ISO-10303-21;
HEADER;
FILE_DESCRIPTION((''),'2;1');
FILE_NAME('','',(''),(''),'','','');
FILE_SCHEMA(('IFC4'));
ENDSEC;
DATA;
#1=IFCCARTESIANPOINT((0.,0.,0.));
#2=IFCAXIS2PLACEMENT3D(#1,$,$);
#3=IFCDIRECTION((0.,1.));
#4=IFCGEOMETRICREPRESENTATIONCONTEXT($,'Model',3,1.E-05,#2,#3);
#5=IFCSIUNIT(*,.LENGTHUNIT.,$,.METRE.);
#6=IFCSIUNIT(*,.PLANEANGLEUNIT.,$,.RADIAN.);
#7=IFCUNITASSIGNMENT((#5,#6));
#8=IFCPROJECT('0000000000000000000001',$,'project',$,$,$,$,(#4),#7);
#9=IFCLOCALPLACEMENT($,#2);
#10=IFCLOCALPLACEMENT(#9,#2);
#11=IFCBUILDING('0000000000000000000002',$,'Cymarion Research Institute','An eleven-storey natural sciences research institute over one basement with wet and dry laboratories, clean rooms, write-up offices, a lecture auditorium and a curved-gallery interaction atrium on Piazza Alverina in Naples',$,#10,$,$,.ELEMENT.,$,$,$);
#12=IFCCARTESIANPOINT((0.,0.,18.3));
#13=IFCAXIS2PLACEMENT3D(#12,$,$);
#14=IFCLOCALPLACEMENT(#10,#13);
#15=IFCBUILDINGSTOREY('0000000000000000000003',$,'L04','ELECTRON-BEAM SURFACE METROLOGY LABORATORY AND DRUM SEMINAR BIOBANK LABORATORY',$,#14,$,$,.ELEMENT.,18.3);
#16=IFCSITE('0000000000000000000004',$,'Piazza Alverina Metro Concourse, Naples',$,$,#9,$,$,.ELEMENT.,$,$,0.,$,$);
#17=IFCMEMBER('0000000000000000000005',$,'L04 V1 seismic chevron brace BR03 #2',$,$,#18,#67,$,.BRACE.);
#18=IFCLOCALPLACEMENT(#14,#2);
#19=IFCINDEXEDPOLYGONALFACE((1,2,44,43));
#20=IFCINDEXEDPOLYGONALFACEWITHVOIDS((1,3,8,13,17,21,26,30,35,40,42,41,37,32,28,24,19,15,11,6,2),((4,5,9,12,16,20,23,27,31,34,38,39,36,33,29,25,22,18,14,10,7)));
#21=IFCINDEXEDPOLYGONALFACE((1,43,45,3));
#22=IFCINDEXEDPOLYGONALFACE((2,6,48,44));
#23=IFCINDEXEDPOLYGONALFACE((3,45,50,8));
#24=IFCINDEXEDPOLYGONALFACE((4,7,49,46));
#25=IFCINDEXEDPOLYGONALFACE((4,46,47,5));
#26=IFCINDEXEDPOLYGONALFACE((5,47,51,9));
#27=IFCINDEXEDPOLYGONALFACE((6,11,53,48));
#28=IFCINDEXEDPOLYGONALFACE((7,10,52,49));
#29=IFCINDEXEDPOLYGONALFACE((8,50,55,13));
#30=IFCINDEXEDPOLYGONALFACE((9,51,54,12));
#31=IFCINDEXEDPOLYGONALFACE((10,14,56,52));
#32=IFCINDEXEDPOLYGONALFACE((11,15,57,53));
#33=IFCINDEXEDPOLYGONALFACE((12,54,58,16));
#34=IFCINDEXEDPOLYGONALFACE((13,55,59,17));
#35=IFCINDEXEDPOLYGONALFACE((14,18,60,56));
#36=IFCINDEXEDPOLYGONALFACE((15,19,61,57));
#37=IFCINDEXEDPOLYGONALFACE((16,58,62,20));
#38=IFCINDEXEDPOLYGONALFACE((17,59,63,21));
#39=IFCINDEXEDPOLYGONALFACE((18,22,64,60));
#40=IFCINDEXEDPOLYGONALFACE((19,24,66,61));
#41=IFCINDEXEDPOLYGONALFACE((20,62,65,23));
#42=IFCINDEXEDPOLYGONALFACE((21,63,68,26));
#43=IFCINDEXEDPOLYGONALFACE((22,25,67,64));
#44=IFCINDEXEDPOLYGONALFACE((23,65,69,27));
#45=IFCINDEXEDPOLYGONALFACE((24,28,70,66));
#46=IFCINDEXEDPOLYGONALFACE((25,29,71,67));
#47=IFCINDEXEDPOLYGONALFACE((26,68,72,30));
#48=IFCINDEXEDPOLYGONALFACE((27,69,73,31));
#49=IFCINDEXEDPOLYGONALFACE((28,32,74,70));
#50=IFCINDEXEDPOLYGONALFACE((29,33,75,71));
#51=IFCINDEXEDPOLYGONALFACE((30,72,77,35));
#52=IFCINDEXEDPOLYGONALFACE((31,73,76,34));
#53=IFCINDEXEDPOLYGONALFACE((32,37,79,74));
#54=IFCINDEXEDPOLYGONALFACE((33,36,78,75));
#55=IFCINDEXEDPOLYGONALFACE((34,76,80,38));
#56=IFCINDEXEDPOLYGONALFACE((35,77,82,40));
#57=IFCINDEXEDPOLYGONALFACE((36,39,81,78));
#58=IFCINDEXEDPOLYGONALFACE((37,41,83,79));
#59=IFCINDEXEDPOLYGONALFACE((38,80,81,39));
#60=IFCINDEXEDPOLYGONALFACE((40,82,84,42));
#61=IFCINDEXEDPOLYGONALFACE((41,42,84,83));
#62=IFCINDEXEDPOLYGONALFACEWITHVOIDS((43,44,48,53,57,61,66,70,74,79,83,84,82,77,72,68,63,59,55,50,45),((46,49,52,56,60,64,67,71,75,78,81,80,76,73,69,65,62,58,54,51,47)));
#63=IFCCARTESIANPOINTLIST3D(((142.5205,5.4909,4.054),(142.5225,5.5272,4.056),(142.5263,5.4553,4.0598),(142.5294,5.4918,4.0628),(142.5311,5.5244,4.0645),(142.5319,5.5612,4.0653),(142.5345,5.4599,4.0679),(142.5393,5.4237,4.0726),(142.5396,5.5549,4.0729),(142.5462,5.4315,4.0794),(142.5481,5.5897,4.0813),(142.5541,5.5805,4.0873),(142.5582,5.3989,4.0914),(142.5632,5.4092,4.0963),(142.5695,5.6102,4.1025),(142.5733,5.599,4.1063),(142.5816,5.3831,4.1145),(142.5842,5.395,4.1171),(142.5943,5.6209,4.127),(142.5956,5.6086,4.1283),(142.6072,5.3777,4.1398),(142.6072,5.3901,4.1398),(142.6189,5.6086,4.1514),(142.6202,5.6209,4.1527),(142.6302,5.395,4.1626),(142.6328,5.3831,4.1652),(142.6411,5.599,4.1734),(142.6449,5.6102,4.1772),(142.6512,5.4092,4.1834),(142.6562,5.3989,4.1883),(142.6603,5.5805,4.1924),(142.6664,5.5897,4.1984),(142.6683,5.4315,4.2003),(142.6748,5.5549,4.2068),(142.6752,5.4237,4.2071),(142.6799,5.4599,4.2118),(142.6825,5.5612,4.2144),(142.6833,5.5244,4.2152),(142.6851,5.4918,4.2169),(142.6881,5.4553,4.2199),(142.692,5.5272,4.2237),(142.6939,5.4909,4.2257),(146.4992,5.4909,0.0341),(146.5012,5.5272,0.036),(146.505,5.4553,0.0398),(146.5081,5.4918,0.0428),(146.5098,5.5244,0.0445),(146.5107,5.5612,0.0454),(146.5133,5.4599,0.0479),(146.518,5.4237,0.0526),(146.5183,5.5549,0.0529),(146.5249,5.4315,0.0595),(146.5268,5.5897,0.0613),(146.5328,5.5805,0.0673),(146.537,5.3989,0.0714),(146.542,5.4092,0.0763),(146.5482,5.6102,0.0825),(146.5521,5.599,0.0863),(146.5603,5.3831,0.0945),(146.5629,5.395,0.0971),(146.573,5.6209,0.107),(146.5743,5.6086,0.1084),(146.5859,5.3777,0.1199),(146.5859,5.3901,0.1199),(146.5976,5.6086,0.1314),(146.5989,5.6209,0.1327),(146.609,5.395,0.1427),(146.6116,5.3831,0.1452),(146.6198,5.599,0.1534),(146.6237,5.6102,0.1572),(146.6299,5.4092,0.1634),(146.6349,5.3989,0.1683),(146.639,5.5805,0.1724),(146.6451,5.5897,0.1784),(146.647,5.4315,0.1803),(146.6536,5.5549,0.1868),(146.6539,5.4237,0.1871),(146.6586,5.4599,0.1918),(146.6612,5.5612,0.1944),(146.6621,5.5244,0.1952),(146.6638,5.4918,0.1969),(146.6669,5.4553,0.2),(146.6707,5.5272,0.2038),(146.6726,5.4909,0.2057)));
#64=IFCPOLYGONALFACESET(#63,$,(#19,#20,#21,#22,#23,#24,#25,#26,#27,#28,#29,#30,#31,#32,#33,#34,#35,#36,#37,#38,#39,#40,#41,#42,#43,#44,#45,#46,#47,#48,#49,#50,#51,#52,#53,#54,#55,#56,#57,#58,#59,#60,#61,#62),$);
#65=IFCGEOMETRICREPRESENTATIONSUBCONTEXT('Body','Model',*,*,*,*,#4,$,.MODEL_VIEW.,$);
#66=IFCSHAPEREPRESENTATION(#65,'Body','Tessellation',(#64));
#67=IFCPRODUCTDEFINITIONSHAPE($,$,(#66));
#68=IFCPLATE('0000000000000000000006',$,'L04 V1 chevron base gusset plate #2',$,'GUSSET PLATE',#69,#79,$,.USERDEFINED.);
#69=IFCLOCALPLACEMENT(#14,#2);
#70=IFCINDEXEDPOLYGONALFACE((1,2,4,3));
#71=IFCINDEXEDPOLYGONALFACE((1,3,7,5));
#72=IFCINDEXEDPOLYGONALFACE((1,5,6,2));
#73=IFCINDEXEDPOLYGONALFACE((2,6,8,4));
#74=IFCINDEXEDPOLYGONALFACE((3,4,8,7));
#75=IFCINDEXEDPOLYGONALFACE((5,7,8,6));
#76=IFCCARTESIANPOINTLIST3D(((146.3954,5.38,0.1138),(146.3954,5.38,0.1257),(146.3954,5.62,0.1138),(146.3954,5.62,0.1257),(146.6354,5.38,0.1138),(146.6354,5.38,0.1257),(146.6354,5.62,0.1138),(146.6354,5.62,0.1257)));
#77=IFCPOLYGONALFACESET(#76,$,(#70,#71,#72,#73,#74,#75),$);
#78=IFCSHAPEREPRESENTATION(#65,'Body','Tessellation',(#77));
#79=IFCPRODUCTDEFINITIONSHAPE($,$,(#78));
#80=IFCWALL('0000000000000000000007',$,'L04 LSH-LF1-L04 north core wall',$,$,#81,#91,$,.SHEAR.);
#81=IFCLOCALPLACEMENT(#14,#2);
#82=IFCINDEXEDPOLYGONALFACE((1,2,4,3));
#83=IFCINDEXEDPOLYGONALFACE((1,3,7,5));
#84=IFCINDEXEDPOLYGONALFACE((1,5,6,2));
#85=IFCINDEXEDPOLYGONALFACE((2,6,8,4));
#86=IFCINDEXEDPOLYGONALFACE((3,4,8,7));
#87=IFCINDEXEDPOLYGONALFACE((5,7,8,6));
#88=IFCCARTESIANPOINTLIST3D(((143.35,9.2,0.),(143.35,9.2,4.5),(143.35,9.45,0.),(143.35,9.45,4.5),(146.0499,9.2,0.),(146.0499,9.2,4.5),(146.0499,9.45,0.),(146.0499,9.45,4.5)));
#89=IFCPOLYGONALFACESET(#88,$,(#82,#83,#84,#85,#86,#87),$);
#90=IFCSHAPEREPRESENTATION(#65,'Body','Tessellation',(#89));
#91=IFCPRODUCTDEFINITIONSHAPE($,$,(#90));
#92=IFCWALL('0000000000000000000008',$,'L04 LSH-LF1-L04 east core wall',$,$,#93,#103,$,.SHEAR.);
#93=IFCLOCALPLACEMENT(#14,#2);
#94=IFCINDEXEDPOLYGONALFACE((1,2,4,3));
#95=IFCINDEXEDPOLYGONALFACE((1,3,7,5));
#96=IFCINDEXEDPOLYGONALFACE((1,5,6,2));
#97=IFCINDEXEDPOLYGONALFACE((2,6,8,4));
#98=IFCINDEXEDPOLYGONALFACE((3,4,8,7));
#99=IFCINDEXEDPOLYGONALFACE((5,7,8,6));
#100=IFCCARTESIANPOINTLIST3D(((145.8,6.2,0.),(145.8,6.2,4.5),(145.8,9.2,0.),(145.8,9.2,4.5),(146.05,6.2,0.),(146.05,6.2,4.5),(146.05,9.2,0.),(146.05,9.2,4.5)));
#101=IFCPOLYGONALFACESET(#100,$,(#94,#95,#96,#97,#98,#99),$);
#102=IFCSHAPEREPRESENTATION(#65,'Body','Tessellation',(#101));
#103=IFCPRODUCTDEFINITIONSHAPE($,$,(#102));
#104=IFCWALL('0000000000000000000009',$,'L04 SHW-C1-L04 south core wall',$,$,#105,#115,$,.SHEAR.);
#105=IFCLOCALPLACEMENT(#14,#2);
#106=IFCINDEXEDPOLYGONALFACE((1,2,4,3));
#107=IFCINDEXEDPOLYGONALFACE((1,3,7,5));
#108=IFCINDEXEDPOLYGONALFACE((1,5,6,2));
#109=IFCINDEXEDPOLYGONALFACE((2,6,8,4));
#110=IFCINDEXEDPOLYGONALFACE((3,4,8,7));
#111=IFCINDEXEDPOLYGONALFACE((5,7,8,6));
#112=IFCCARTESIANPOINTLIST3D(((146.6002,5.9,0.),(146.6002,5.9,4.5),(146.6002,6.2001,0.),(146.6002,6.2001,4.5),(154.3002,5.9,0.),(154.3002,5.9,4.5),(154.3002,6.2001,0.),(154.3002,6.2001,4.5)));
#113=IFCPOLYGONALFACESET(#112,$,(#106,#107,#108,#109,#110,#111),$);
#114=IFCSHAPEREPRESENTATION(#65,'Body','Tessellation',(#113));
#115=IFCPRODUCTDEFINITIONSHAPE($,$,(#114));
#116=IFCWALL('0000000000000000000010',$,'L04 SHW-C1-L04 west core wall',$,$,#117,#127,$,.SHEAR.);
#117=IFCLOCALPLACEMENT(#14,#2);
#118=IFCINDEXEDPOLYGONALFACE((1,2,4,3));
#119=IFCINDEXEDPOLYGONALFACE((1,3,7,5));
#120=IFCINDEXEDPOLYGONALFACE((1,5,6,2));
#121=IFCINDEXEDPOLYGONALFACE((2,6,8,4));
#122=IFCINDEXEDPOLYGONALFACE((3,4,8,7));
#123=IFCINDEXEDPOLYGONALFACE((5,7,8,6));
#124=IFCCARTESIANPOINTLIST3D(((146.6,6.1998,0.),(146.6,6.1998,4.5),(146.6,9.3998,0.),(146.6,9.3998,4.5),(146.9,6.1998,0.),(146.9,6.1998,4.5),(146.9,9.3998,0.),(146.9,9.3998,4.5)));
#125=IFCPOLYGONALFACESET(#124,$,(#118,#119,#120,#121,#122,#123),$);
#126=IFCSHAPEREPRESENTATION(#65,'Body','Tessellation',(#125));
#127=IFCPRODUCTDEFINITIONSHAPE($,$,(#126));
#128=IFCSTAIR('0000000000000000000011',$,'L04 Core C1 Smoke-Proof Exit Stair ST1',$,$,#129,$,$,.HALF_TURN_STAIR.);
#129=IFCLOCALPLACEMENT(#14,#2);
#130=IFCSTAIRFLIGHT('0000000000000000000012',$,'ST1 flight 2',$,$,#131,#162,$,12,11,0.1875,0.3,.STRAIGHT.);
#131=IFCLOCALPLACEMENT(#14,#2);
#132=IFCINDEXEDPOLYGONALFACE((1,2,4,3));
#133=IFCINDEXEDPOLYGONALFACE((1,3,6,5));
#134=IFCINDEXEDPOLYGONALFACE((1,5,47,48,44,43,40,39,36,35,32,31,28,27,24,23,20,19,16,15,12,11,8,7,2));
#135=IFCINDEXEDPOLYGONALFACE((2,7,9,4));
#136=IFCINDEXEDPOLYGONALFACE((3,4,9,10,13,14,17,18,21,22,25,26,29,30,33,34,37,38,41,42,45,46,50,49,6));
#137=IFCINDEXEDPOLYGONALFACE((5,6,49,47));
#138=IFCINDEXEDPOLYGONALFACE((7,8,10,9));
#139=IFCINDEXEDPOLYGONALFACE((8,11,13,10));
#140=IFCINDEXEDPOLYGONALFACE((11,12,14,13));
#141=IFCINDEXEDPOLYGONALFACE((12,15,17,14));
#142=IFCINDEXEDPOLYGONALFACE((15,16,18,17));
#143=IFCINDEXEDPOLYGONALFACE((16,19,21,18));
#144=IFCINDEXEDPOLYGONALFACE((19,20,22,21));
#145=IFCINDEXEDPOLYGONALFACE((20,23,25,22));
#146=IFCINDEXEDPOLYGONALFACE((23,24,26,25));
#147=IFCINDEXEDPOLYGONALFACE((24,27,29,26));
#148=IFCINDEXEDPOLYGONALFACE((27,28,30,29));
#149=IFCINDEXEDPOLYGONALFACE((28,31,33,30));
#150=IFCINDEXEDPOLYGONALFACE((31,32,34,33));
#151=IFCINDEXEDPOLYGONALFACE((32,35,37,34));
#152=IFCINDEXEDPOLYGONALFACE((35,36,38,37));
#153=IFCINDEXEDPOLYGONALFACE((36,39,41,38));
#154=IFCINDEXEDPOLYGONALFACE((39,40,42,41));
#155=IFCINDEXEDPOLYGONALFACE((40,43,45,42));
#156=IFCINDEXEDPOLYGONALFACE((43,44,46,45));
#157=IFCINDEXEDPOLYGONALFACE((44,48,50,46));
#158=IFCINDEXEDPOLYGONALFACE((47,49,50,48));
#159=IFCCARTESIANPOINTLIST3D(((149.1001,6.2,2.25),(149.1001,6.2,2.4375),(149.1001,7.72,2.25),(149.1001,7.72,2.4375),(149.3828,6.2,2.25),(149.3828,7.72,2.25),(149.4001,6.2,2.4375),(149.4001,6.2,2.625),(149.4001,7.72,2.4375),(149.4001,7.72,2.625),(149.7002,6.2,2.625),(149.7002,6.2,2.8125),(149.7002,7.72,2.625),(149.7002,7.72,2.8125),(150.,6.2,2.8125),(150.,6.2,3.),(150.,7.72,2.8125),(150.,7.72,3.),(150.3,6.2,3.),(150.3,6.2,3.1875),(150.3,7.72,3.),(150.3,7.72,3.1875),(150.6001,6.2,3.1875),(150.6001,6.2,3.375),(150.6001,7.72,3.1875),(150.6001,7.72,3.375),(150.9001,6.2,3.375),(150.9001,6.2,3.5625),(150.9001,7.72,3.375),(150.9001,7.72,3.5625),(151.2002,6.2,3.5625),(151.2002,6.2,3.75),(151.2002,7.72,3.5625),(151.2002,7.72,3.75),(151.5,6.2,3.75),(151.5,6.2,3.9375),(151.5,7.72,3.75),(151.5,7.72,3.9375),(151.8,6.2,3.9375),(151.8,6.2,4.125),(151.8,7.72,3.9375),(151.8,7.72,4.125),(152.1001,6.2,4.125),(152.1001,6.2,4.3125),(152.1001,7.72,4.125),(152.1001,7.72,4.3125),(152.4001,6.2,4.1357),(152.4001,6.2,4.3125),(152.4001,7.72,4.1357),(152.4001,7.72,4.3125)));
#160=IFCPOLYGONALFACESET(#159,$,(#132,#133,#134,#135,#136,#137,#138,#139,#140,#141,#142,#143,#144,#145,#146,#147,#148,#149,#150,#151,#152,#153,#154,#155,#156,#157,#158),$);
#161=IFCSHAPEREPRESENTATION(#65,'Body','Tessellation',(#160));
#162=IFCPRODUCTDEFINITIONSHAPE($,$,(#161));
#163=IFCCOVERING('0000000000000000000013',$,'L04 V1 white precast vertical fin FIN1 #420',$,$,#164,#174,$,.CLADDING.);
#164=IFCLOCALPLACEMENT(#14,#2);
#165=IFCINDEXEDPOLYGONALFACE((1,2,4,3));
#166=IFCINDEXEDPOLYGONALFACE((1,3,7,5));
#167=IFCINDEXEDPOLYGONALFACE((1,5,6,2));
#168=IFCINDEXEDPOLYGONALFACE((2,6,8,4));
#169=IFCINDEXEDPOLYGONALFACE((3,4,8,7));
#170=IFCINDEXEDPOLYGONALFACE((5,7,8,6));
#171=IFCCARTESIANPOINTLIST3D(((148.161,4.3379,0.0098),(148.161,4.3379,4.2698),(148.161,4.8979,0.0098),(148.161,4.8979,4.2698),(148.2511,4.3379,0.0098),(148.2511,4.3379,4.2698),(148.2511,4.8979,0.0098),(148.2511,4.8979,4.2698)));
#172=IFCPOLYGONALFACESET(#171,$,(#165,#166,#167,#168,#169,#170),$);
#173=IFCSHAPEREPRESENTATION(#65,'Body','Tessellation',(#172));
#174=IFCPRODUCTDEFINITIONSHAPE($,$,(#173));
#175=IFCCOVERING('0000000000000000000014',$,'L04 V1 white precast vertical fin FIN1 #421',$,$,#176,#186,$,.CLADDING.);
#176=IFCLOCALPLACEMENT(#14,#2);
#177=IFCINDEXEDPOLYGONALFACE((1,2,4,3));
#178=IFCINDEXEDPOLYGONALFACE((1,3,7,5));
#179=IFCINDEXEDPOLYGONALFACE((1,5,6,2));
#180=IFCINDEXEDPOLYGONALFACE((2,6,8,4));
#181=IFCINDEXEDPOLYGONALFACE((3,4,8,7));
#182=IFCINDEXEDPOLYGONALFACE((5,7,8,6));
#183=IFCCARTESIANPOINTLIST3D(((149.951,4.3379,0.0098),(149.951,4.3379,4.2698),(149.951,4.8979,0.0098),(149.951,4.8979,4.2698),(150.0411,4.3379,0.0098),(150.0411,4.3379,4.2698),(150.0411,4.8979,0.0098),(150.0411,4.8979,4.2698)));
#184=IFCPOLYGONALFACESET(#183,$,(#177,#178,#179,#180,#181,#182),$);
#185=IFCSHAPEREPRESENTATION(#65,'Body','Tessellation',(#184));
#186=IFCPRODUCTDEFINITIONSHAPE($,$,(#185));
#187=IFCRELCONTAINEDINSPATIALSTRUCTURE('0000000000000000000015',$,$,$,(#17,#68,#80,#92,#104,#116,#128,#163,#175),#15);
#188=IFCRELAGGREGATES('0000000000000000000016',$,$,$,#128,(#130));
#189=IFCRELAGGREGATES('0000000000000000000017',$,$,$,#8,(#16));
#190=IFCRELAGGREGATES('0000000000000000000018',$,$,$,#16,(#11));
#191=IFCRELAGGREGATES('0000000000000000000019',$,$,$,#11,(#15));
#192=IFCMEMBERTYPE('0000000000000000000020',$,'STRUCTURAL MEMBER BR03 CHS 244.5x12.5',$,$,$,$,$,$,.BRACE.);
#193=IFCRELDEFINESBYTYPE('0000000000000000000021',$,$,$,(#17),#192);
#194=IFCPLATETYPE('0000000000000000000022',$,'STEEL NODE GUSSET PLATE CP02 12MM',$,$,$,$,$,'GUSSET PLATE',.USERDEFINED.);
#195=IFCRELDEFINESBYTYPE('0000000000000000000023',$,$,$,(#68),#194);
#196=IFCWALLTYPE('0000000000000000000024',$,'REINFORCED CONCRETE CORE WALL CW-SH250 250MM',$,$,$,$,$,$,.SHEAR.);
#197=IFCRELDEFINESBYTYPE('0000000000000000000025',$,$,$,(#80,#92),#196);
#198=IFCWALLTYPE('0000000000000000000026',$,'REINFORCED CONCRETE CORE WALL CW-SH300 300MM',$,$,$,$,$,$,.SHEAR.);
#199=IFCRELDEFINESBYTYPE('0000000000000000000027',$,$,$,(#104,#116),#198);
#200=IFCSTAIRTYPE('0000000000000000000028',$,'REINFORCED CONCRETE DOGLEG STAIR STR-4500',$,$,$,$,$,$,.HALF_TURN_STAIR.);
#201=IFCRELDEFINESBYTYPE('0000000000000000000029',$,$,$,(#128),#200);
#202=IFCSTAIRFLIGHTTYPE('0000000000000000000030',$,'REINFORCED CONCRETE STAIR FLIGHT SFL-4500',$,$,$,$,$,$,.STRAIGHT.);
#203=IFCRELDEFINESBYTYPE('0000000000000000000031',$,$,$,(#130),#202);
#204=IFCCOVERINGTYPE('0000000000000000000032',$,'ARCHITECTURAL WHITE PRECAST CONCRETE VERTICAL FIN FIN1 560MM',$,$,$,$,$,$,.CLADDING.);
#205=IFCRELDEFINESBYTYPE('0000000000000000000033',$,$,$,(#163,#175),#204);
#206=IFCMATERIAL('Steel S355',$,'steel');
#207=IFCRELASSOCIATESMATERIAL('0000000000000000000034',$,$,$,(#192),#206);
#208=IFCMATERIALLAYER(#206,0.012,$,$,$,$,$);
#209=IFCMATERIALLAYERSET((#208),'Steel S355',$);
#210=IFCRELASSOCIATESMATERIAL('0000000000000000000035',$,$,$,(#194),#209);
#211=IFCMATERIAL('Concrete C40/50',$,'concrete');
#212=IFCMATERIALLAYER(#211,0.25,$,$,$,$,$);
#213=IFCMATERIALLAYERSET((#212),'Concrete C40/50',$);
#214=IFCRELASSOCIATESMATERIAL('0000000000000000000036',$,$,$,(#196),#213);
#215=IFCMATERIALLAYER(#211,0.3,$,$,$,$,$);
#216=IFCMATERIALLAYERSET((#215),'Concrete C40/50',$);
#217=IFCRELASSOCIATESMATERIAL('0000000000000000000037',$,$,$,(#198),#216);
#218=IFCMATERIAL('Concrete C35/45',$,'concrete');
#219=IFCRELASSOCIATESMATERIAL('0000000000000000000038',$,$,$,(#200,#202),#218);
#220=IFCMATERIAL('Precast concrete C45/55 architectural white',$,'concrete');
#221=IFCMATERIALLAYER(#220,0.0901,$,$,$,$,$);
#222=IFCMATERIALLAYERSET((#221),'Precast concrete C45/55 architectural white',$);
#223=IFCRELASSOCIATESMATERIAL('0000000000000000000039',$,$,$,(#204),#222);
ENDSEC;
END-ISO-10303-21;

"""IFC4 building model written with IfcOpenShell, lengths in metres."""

from ifc_helpers import new_model, si_unit, direction, frame, frame_2d, origin, origin_2d, place, context, subcontext, project, spatial, polyline, rectangle, hollow_circle, outline, extrude, material, layer, layer_set, material_profile, profile_set, type_object, element, aggregate, save


model = new_model("IFC4")

# Units and contexts
model_context = context("Model", 3, precision=1e-05, world=origin(), true_north=direction((0.0, 1.0)))
body_context = subcontext(model_context, "Body", "Model", "MODEL_VIEW")
ifc_project = project(units=[si_unit("LENGTHUNIT", "METRE"), si_unit("PLANEANGLEUNIT", "RADIAN")], contexts=[model_context])

# Site, building, storey
site_placement = place(None, origin())
site = spatial("IfcSite", under=ifc_project, at=site_placement, Name="Piazza Alverina Metro Concourse, Naples", CompositionType="ELEMENT", RefElevation=0.0)
building_placement = place(site_placement, origin())
building = spatial("IfcBuilding", under=site, at=building_placement, Name="Cymarion Research Institute", Description="An eleven-storey natural sciences research institute over one basement with wet and dry laboratories, clean rooms, write-up offices, a lecture auditorium and a curved-gallery interaction atrium on Piazza Alverina in Naples", CompositionType="ELEMENT")
storey_placement = place(building_placement, frame((0.0, 0.0, 18.3)))
storey = spatial("IfcBuildingStorey", under=building, at=storey_placement, Name="L04", Description="ELECTRON-BEAM SURFACE METROLOGY LABORATORY AND DRUM SEMINAR BIOBANK LABORATORY", CompositionType="ELEMENT", Elevation=18.3)

# Shared definitions
ifc_material_1 = material(Name="Steel S355", Category="steel")

# Shared definitions
ifc_material_2 = material(Name="Concrete C40/50", Category="concrete")

# Member
ifc_material_profile_1 = material_profile(ifc_material_1, hollow_circle(Radius=0.1223, WallThickness=0.0125, at=origin_2d()), Name="CHS 244.5x12.5")
ifc_profile_set_1 = profile_set([ifc_material_profile_1], Name="Steel S355")
member_type = type_object("IfcMemberType", Name="STRUCTURAL MEMBER BR03 CHS 244.5x12.5", PredefinedType="BRACE", material=ifc_profile_set_1)
member_placement = place(storey_placement, frame((146.5859, 5.5, 0.1199), z_axis=(-0.70345, 0.0, 0.710745), x_axis=(0.0, -1.0, 0.0)))
element("IfcMember", 1, at=member_placement, inside=storey, type_object=member_type, Name="L04 V1 seismic chevron brace BR03 #2", PredefinedType="BRACE", context=body_context, shape_type="SweptSolid", body=[
    extrude(hollow_circle(Radius=0.1223, WallThickness=0.0125, at=origin_2d()), origin(), (0.0, 0.0, 1.0), 5.656),
])

# Plate
ifc_layer_1 = layer(ifc_material_1, 0.012)
ifc_layer_set_1 = layer_set([ifc_layer_1], Name="Steel S355")
plate_type = type_object("IfcPlateType", Name="STEEL NODE GUSSET PLATE CP02 12MM", ElementType="GUSSET PLATE", PredefinedType="USERDEFINED", material=ifc_layer_set_1)
plate_placement = place(storey_placement, frame((146.5154, 5.5, 0.1138), z_axis=(0.0, 0.0, 1.0), x_axis=(1.0, 0.0, 0.0)))
element("IfcPlate", 2, at=plate_placement, inside=storey, type_object=plate_type, Name="L04 V1 chevron base gusset plate #2", ObjectType="GUSSET PLATE", PredefinedType="USERDEFINED", context=body_context, shape_type="SweptSolid", body=[
    extrude(rectangle(XDim=0.24, YDim=0.24, at=origin_2d()), origin(), (0.0, 0.0, 1.0), 0.012),
])

# Walls
ifc_layer_2 = layer(ifc_material_2, 0.25)
ifc_layer_set_2 = layer_set([ifc_layer_2], Name="Concrete C40/50")
wall_type_1 = type_object("IfcWallType", Name="REINFORCED CONCRETE CORE WALL CW-SH250 250MM", PredefinedType="SHEAR", material=ifc_layer_set_2)
wall_1_placement = place(storey_placement, frame((146.05, 9.325, 0.0), z_axis=(0.0, 0.0, 1.0), x_axis=(-1.0, 0.0, 0.0)))
element("IfcWall", 3, at=wall_1_placement, inside=storey, type_object=wall_type_1, Name="L04 LSH-LF1-L04 north core wall", PredefinedType="SHEAR", context=body_context, shape_type="SweptSolid", body=[
    extrude(rectangle(XDim=2.7, YDim=0.25, at=frame_2d((1.3501, 0.0))), origin(), (0.0, 0.0, 1.0), 4.5),
])
wall_2_placement = place(storey_placement, frame((145.925, 6.2, 0.0), z_axis=(0.0, 0.0, 1.0), x_axis=(0.0, 1.0, 0.0)))
element("IfcWall", 4, at=wall_2_placement, inside=storey, type_object=wall_type_1, Name="L04 LSH-LF1-L04 east core wall", PredefinedType="SHEAR", context=body_context, shape_type="SweptSolid", body=[
    extrude(rectangle(XDim=3.0, YDim=0.25, at=frame_2d((1.5, 0.0))), origin(), (0.0, 0.0, 1.0), 4.5),
])
ifc_layer_3 = layer(ifc_material_2, 0.3)
ifc_layer_set_3 = layer_set([ifc_layer_3], Name="Concrete C40/50")
wall_type_2 = type_object("IfcWallType", Name="REINFORCED CONCRETE CORE WALL CW-SH300 300MM", PredefinedType="SHEAR", material=ifc_layer_set_3)
wall_3_placement = place(storey_placement, frame((146.6001, 6.05, 0.0), z_axis=(0.0, 0.0, 1.0), x_axis=(1.0, 0.0, 0.0)))
element("IfcWall", 5, at=wall_3_placement, inside=storey, type_object=wall_type_2, Name="L04 SHW-C1-L04 south core wall", PredefinedType="SHEAR", context=body_context, shape_type="SweptSolid", body=[
    extrude(rectangle(XDim=7.7, YDim=0.3, at=frame_2d((3.8501, 0.0))), origin(), (0.0, 0.0, 1.0), 4.5),
])
wall_4_placement = place(storey_placement, frame((146.75, 9.3999, 0.0), z_axis=(0.0, 0.0, 1.0), x_axis=(0.0, -1.0, 0.0)))
element("IfcWall", 6, at=wall_4_placement, inside=storey, type_object=wall_type_2, Name="L04 SHW-C1-L04 west core wall", PredefinedType="SHEAR", context=body_context, shape_type="SweptSolid", body=[
    extrude(rectangle(XDim=3.2, YDim=0.3, at=frame_2d((1.6001, 0.0))), origin(), (0.0, 0.0, 1.0), 4.5),
])

# Stair, stair flight
ifc_material_3 = material(Name="Concrete C35/45", Category="concrete")
stair_type = type_object("IfcStairType", Name="REINFORCED CONCRETE DOGLEG STAIR STR-4500", PredefinedType="HALF_TURN_STAIR", material=ifc_material_3)
stair_placement = place(storey_placement, origin())
stair = element("IfcStair", 7, at=stair_placement, inside=storey, type_object=stair_type, Name="L04 Core C1 Smoke-Proof Exit Stair ST1", PredefinedType="HALF_TURN_STAIR")
stair_flight_type = type_object("IfcStairFlightType", Name="REINFORCED CONCRETE STAIR FLIGHT SFL-4500", PredefinedType="STRAIGHT", material=ifc_material_3)
stair_flight_placement = place(storey_placement, frame((149.1001, 6.96, 2.25), z_axis=(0.0, 0.0, 1.0), x_axis=(1.0, 0.0, 0.0)))
stair_flight = element("IfcStairFlight", 8, at=stair_flight_placement, type_object=stair_flight_type, Name="ST1 flight 2", NumberOfRisers=12, NumberOfTreads=11, PredefinedType="STRAIGHT", RiserHeight=0.1875, TreadLength=0.3, context=body_context, shape_type="SweptSolid", body=[
    extrude(outline(polyline([(0.0, 0.0), (0.0, 0.1875), (0.3, 0.1875), (0.3, 0.375), (0.6001, 0.375), (0.6001, 0.5625), (0.8999, 0.5625), (0.8999, 0.75), (1.2, 0.75), (1.2, 0.9375), (1.5, 0.9375), (1.5, 1.125), (1.8, 1.125), (1.8, 1.3125), (2.1001, 1.3125), (2.1001, 1.5), (2.3999, 1.5), (2.3999, 1.6875), (2.7, 1.6875), (2.7, 1.875), (3.0, 1.875), (3.0, 2.0625), (3.3, 2.0625), (3.3, 2.25), (3.3, 1.8857), (0.2827, 0.0), (0.0, 0.0)])), frame((0.0, 0.76, 0.0), z_axis=(0.0, -1.0, 0.0), x_axis=(1.0, 0.0, 0.0)), (0.0, 0.0, 1.0), 1.52),
])
aggregate(stair, [stair_flight])

# Coverings
ifc_material_4 = material(Name="Precast concrete C45/55 architectural white", Category="concrete")
ifc_layer_4 = layer(ifc_material_4, 0.0901)
ifc_layer_set_4 = layer_set([ifc_layer_4], Name="Precast concrete C45/55 architectural white")
covering_type = type_object("IfcCoveringType", Name="ARCHITECTURAL WHITE PRECAST CONCRETE VERTICAL FIN FIN1 560MM", PredefinedType="CLADDING", material=ifc_layer_set_4)
for number, where, z_axis, x_axis, name in (
    (9, (148.2061, 4.6179, 0.0098), (0.0, 0.0, 1.0), (0.0, -1.0, 0.0), "L04 V1 white precast vertical fin FIN1 #420"),
    (10, (149.9961, 4.6179, 0.0098), (0.0, 0.0, 1.0), (0.0, -1.0, 0.0), "L04 V1 white precast vertical fin FIN1 #421"),
):
    element("IfcCovering", number, at=place(storey_placement, frame(where, z_axis=z_axis, x_axis=x_axis)), inside=storey, type_object=covering_type, Name=name, PredefinedType="CLADDING", context=body_context, shape_type="SweptSolid", body=[
        extrude(rectangle(XDim=0.5601, YDim=0.0901, at=origin_2d()), origin(), (0.0, 0.0, 1.0), 4.26),
    ])

save(model, "model.ifc")
